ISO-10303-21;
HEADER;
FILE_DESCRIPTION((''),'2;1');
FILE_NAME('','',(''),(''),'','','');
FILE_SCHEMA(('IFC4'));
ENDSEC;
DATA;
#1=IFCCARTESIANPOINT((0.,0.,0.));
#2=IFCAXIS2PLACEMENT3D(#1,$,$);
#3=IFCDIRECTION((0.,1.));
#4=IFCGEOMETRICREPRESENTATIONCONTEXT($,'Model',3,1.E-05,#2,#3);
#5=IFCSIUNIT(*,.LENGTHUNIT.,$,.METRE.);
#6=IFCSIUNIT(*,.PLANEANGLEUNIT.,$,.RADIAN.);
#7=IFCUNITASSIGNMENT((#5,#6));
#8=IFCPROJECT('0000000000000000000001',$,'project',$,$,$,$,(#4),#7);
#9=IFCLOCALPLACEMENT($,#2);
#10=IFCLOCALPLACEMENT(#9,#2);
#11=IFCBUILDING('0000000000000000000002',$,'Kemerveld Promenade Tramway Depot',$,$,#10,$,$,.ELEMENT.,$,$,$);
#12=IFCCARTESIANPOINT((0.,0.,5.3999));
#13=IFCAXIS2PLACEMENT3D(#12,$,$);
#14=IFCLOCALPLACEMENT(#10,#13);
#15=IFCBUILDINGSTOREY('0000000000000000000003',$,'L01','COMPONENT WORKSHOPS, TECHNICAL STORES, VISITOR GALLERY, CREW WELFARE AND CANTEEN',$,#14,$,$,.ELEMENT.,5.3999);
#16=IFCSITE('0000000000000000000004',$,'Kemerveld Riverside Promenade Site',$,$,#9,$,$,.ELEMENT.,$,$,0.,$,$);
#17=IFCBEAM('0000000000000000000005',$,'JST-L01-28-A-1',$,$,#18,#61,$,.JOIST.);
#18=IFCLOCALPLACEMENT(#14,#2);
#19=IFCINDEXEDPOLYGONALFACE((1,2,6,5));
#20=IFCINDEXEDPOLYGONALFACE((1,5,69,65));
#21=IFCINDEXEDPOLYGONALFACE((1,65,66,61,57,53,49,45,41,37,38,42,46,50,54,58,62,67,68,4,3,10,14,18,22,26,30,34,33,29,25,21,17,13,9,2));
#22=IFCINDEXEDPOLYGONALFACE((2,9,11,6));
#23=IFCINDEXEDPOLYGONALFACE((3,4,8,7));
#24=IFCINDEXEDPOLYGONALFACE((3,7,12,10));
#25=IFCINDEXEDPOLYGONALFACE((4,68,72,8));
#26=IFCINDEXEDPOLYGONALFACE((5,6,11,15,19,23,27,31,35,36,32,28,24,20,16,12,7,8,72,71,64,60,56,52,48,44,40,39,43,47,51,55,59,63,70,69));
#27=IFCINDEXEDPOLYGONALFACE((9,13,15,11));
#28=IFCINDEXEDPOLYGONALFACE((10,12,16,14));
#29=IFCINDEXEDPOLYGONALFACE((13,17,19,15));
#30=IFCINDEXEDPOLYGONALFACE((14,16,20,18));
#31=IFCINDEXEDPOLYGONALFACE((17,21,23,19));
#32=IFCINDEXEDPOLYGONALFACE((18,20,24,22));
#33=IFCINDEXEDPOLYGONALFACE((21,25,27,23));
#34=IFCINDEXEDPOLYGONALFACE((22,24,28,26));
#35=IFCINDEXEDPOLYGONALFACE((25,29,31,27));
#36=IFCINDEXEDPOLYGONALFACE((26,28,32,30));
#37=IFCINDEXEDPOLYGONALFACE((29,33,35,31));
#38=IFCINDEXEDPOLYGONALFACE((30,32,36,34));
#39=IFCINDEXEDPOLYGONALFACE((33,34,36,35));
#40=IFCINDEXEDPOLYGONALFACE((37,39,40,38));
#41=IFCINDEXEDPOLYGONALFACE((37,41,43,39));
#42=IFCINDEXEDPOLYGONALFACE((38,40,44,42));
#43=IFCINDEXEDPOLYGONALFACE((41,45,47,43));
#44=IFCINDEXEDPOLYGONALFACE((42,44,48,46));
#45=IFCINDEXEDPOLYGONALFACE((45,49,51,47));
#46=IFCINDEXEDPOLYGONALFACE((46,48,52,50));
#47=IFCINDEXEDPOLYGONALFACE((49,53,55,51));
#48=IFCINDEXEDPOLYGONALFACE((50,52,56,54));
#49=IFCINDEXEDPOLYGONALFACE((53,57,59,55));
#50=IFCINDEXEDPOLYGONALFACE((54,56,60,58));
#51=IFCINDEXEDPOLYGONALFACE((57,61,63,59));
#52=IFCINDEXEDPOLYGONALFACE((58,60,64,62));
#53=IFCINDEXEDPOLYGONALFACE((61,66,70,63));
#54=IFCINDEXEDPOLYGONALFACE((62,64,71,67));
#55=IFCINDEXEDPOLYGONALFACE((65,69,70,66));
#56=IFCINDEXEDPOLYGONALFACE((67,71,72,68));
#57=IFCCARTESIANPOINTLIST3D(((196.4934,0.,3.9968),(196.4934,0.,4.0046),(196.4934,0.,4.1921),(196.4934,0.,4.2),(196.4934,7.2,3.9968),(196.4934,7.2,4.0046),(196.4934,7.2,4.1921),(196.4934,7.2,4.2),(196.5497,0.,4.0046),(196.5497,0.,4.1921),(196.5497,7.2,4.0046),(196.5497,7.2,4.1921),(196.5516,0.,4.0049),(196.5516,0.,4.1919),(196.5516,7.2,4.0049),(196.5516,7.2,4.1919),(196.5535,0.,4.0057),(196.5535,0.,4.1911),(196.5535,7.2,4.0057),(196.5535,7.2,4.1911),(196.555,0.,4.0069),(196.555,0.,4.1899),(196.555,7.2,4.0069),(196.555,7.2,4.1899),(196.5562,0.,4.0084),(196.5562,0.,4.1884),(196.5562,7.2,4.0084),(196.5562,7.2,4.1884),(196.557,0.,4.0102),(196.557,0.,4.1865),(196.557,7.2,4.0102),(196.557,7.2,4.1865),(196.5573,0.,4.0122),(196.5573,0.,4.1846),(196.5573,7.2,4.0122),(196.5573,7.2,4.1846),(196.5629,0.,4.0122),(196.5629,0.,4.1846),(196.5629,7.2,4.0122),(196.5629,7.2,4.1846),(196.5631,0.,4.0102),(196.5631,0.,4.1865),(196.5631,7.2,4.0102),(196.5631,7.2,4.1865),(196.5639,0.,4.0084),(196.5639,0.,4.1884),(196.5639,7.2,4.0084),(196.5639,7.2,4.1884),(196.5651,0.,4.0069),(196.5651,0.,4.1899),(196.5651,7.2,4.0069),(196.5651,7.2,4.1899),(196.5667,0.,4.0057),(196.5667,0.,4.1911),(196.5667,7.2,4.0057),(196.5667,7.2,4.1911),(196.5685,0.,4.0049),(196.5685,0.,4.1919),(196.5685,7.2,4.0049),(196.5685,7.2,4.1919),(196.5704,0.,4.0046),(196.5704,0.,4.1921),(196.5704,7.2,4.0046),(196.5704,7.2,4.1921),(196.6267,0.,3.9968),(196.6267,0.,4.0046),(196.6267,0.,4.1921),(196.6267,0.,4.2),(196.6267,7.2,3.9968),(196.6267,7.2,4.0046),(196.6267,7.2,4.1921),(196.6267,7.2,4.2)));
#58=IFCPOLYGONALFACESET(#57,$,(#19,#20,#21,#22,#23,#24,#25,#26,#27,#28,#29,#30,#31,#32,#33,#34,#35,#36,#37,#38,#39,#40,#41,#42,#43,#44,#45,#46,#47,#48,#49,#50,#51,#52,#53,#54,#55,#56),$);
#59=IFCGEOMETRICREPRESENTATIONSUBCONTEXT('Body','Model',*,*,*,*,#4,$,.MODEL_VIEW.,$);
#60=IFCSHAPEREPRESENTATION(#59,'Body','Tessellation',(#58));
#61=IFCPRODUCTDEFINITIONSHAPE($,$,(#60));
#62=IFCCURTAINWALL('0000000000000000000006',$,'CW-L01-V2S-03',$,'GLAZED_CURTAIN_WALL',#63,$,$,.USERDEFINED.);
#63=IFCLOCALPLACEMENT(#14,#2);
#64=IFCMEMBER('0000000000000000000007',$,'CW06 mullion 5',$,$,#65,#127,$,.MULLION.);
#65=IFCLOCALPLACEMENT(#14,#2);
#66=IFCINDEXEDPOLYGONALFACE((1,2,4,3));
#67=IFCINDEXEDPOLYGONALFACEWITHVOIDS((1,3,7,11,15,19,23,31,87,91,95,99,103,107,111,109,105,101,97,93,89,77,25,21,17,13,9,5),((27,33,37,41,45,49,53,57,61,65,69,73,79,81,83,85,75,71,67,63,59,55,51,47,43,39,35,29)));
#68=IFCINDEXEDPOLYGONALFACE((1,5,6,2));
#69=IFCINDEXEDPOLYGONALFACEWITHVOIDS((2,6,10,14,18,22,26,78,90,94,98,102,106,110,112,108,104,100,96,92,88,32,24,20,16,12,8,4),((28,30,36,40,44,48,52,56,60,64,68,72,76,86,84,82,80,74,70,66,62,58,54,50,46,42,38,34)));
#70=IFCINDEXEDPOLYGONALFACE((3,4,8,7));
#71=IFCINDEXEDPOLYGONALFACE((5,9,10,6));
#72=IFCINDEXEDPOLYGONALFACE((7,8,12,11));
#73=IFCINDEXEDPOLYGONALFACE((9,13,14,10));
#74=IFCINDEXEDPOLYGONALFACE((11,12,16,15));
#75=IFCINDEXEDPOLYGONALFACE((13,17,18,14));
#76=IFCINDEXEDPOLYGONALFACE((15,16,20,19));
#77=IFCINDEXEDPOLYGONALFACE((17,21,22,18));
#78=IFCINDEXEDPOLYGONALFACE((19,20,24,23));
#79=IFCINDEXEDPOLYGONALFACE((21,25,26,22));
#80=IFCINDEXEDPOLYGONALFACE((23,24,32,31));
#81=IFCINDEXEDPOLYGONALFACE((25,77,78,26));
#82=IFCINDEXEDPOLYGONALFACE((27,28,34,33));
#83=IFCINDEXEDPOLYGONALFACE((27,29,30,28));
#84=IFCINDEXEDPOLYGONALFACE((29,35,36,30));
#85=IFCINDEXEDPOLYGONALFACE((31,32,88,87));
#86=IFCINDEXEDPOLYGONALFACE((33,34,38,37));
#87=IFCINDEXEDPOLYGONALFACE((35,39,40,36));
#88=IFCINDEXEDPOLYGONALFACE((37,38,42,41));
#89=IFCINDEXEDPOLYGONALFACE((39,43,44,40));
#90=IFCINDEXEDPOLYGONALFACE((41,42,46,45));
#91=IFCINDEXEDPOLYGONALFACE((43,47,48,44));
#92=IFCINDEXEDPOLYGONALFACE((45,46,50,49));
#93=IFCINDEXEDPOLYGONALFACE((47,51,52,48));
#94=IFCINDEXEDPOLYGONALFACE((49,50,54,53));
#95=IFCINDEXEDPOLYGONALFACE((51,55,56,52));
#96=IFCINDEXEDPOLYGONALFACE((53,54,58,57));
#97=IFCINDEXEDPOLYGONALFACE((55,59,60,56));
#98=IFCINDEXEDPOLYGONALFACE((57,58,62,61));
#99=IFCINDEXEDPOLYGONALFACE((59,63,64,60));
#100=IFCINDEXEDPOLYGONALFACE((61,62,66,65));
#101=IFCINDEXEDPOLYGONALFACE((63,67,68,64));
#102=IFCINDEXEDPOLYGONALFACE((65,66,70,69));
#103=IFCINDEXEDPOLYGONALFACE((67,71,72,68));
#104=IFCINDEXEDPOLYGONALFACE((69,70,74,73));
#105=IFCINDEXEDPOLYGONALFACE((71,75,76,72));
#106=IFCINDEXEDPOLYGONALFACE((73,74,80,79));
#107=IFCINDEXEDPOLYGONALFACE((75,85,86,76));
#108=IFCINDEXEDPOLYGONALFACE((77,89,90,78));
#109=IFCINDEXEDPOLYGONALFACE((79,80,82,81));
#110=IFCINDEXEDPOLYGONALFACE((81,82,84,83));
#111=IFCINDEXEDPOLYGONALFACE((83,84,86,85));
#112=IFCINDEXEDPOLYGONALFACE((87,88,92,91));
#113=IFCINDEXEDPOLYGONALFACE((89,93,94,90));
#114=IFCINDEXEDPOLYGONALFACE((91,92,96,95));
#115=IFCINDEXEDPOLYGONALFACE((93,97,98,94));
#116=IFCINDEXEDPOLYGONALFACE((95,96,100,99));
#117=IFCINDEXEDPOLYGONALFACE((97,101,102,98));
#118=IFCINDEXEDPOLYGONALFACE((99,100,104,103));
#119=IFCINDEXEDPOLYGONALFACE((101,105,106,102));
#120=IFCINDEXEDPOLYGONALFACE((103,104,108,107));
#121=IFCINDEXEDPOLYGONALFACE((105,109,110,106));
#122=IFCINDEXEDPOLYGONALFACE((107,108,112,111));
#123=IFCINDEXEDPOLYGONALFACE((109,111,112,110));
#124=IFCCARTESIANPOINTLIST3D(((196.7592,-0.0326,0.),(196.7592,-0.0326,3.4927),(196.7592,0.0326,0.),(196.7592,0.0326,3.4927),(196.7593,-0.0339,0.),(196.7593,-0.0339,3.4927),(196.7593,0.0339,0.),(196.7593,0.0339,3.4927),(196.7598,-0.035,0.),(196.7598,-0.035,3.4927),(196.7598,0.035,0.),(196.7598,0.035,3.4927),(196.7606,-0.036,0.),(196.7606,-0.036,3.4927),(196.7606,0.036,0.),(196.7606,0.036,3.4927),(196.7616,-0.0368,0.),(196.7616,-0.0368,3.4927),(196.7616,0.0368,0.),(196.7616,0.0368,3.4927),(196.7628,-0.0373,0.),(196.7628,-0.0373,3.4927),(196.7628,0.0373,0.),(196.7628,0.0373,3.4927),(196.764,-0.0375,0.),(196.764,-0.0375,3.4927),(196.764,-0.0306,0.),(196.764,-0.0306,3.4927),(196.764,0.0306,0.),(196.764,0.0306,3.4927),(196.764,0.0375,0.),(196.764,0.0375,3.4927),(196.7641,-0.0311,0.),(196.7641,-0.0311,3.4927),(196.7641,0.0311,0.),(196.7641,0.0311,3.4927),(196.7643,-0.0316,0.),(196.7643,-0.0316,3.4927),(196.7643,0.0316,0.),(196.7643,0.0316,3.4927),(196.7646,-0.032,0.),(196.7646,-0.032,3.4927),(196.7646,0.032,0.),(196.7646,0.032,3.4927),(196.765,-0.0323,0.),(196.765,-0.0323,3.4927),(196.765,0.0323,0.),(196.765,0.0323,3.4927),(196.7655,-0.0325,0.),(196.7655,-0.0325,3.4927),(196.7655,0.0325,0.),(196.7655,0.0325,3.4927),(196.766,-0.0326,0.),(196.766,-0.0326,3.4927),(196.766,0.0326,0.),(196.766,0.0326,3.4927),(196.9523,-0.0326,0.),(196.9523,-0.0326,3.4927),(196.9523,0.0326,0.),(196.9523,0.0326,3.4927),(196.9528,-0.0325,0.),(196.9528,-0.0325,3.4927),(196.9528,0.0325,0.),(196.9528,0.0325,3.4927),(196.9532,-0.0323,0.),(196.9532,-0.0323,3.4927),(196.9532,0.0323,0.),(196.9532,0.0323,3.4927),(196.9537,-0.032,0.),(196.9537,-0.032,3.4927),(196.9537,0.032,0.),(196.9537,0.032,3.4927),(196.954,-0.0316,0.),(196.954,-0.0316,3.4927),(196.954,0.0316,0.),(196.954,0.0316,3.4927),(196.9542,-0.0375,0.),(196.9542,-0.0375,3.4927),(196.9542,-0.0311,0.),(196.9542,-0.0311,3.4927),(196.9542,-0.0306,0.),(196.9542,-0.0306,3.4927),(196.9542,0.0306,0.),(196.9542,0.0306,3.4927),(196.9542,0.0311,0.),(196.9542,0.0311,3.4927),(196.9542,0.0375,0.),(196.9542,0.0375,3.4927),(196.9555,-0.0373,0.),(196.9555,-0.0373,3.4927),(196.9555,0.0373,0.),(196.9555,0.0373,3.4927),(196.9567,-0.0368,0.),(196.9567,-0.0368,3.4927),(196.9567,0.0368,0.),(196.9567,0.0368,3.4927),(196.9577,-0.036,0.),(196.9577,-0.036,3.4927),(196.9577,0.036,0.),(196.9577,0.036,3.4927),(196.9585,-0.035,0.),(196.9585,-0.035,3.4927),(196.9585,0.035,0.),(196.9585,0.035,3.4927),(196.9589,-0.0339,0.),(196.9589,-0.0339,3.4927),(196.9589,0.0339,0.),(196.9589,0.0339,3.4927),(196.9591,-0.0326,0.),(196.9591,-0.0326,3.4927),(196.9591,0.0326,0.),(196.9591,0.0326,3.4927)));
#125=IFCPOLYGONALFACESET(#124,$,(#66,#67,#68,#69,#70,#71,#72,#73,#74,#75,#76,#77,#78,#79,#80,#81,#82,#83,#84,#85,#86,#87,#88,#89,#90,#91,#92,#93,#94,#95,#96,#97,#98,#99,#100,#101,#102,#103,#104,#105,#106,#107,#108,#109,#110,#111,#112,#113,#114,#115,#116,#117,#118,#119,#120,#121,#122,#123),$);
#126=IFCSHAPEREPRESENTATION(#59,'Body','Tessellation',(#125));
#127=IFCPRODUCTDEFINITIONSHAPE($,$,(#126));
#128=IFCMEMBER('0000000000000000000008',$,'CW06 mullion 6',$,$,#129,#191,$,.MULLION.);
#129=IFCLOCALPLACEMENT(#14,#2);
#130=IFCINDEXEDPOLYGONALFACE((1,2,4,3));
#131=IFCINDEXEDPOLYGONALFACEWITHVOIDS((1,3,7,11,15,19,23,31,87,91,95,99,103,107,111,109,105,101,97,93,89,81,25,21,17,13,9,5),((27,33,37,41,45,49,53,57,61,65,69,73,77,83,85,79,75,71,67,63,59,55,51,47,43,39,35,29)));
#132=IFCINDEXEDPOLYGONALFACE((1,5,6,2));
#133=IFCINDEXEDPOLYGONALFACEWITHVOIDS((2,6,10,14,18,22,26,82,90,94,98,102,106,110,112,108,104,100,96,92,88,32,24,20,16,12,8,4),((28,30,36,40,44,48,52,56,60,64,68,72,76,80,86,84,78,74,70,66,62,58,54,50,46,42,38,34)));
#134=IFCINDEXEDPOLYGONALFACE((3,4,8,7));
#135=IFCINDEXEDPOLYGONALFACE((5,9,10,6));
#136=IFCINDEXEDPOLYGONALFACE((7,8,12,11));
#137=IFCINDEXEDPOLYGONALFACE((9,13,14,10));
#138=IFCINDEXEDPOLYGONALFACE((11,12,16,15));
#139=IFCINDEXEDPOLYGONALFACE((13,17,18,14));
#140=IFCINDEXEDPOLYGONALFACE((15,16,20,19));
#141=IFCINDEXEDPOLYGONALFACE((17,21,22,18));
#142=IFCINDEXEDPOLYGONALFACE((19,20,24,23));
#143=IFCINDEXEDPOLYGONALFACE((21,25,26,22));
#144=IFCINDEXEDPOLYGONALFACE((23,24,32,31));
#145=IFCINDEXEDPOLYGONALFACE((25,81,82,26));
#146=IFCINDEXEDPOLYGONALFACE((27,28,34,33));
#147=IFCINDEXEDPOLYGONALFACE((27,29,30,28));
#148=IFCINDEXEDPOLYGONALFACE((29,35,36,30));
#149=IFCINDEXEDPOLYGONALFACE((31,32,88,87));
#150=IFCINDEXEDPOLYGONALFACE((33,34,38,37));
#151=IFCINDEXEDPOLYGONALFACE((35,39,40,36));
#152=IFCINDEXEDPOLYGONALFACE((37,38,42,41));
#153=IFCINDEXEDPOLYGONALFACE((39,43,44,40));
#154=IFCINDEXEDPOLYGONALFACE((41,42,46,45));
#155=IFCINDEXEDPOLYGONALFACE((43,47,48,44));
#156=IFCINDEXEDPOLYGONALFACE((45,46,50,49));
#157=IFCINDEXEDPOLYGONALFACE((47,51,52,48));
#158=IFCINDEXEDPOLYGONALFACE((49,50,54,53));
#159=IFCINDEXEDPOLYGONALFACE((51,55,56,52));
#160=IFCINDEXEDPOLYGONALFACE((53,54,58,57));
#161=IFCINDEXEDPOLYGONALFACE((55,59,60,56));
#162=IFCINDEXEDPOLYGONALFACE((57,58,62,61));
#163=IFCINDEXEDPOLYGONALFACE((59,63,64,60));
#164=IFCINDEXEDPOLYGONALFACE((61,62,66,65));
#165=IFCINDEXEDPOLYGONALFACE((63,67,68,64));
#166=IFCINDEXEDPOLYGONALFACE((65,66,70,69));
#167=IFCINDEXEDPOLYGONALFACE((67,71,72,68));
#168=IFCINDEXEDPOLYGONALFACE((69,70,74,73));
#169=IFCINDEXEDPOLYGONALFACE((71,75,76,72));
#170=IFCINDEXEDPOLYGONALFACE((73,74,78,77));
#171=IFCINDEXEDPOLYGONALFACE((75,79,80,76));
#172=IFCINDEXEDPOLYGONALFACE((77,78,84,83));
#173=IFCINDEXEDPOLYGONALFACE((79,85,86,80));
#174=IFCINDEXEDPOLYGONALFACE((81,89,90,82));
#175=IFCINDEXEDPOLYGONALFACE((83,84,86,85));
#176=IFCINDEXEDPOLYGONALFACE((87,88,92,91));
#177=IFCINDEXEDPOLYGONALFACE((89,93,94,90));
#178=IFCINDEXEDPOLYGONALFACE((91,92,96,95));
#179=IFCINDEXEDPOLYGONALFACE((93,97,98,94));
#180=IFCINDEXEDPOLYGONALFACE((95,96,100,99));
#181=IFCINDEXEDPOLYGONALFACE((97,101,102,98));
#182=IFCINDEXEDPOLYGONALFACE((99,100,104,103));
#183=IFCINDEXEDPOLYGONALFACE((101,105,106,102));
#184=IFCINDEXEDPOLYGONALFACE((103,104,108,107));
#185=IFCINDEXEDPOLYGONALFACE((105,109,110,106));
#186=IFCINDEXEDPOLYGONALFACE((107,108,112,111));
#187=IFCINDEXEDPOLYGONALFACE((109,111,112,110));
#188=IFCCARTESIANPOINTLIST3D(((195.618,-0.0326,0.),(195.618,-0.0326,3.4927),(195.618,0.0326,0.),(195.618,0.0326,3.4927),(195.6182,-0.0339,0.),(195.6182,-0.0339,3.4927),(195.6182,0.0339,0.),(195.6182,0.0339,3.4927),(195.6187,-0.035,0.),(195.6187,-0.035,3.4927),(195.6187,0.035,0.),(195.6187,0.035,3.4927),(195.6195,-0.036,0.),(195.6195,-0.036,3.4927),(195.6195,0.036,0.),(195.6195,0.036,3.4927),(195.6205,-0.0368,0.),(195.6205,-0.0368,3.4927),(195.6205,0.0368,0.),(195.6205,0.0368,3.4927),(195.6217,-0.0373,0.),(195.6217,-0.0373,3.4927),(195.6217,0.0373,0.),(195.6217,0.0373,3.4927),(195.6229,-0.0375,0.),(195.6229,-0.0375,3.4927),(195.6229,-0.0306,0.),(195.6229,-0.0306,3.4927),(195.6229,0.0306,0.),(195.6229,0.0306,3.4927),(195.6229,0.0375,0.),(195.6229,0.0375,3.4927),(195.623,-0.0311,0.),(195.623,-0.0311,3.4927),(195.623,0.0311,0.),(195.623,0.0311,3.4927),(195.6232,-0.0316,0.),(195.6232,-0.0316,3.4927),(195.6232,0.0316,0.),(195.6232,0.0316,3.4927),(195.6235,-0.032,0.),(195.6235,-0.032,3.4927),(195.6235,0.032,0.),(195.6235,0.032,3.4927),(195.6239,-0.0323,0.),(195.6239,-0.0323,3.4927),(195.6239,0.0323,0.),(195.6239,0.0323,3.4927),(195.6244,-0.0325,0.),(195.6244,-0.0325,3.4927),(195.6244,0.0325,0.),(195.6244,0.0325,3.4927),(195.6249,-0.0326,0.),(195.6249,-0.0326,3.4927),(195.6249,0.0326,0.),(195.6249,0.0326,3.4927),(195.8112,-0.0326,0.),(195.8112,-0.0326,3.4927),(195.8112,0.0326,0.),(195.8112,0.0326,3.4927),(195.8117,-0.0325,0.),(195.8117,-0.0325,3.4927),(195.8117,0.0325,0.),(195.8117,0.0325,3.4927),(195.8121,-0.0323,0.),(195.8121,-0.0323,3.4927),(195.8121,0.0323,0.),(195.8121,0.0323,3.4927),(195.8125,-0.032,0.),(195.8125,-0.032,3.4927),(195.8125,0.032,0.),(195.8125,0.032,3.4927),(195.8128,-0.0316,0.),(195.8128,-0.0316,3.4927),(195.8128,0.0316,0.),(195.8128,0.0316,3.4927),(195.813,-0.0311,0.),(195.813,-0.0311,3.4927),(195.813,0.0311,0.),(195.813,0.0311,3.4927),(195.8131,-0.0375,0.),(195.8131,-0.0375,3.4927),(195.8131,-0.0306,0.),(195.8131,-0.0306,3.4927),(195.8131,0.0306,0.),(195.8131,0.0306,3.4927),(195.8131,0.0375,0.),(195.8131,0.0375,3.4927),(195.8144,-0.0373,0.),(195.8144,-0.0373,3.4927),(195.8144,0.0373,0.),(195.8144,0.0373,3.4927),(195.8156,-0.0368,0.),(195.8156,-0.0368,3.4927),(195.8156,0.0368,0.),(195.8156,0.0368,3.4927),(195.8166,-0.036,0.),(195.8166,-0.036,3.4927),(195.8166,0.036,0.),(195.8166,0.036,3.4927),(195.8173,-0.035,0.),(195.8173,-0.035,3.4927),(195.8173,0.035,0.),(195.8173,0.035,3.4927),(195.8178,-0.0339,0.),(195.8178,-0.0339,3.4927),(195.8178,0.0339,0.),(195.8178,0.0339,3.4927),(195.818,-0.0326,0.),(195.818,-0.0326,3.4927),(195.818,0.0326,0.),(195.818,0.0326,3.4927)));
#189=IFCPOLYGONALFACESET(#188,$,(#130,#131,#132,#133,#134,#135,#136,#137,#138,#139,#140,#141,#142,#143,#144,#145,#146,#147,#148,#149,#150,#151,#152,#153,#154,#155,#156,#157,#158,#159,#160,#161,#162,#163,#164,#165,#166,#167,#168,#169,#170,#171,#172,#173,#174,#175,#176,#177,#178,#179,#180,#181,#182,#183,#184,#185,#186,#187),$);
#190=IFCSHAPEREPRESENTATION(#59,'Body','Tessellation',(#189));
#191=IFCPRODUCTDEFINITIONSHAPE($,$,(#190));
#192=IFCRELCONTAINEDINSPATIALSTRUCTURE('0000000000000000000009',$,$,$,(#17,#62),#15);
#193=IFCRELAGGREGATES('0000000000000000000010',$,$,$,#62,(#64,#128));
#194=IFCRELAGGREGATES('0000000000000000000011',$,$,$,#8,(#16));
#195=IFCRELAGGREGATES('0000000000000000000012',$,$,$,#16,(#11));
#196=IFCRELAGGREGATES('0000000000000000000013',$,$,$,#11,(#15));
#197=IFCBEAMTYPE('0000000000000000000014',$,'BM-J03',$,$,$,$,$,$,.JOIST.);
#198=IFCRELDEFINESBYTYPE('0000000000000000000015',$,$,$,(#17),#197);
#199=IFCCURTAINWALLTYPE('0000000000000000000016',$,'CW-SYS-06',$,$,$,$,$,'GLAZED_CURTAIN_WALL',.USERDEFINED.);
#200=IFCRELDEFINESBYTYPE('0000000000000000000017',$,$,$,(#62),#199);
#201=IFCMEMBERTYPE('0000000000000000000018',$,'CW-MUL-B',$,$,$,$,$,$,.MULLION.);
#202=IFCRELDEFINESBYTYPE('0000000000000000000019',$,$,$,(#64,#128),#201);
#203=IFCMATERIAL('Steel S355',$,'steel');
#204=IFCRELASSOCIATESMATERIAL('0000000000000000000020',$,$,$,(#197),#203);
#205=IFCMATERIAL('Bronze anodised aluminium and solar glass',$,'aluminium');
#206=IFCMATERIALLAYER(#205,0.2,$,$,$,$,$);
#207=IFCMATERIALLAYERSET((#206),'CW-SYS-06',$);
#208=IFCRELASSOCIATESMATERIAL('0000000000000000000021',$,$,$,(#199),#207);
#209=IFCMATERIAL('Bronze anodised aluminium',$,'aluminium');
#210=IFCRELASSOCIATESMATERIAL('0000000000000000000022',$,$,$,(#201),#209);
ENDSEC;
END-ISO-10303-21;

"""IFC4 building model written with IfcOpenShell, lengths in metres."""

from ifc_helpers import new_model, si_unit, direction, frame, origin, origin_2d, place, context, subcontext, project, spatial, hollow_rectangle, i_section, extrude, material, layer, layer_set, material_profile, profile_set, type_object, element, aggregate, save


model = new_model("IFC4")

# Units and contexts
model_context = context("Model", 3, precision=1e-05, world=origin(), true_north=direction((0.0, 1.0)))
body_context = subcontext(model_context, "Body", "Model", "MODEL_VIEW")
ifc_project = project(units=[si_unit("LENGTHUNIT", "METRE"), si_unit("PLANEANGLEUNIT", "RADIAN")], contexts=[model_context])

# Site, building, storey
site_placement = place(None, origin())
site = spatial("IfcSite", under=ifc_project, at=site_placement, Name="Kemerveld Riverside Promenade Site", CompositionType="ELEMENT", RefElevation=0.0)
building_placement = place(site_placement, origin())
building = spatial("IfcBuilding", under=site, at=building_placement, Name="Kemerveld Promenade Tramway Depot", CompositionType="ELEMENT")
storey_placement = place(building_placement, frame((0.0, 0.0, 5.3999)))
storey = spatial("IfcBuildingStorey", under=building, at=storey_placement, Name="L01", Description="COMPONENT WORKSHOPS, TECHNICAL STORES, VISITOR GALLERY, CREW WELFARE AND CANTEEN", CompositionType="ELEMENT", Elevation=5.3999)

# Shared definitions
ifc_material_1 = material(Name="Steel S355", Category="steel")

# Beam
ifc_material_profile_1 = material_profile(ifc_material_1, i_section(OverallWidth=0.1333, OverallDepth=0.2031, WebThickness=0.0056, FlangeThickness=0.0078, FilletRadius=0.0076, at=origin_2d()), Name="203x133x25 UB")
ifc_profile_set_1 = profile_set([ifc_material_profile_1], Name="Steel S355")
beam_type_1 = type_object("IfcBeamType", Name="BM-J03", PredefinedType="JOIST", material=ifc_profile_set_1)
beam_1_placement = place(storey_placement, frame((196.5601, 0.0, 4.0984), z_axis=(0.0, 1.0, 0.0), x_axis=(-1.0, 0.0, 0.0)))
element("IfcBeam", 1, at=beam_1_placement, inside=storey, type_object=beam_type_1, Name="JST-L01-28-A-1", PredefinedType="JOIST", context=body_context, shape_type="SweptSolid", body=[
    extrude(i_section(OverallWidth=0.1333, OverallDepth=0.2031, WebThickness=0.0056, FlangeThickness=0.0078, FilletRadius=0.0076, at=origin_2d()), origin(), (0.0, 0.0, 1.0), 7.2),
])

# Curtain wall, members
ifc_material_2 = material(Name="Bronze anodised aluminium and solar glass", Category="aluminium")
ifc_layer_1 = layer(ifc_material_2, 0.2)
ifc_layer_set_1 = layer_set([ifc_layer_1], Name="CW-SYS-06")
curtain_wall_type = type_object("IfcCurtainWallType", Name="CW-SYS-06", ElementType="GLAZED_CURTAIN_WALL", PredefinedType="USERDEFINED", material=ifc_layer_set_1)
curtain_wall_placement = place(storey_placement, origin())
curtain_wall = element("IfcCurtainWall", 2, at=curtain_wall_placement, inside=storey, type_object=curtain_wall_type, Name="CW-L01-V2S-03", ObjectType="GLAZED_CURTAIN_WALL", PredefinedType="USERDEFINED")
ifc_material_3 = material(Name="Bronze anodised aluminium", Category="aluminium")
ifc_material_profile_2 = material_profile(ifc_material_3, hollow_rectangle(XDim=0.075, YDim=0.2, WallThickness=0.0049, InnerFilletRadius=0.002, OuterFilletRadius=0.0049, at=origin_2d()), Name="CW-MUL-200x75")
ifc_profile_set_2 = profile_set([ifc_material_profile_2], Name="Bronze anodised aluminium")
member_type_1 = type_object("IfcMemberType", Name="CW-MUL-B", PredefinedType="MULLION", material=ifc_profile_set_2)
member_1_placement = place(storey_placement, frame((196.8591, 0.0, 0.0), z_axis=(0.0, 0.0, 1.0), x_axis=(0.0, -1.0, 0.0)))
member_1 = element("IfcMember", 3, at=member_1_placement, type_object=member_type_1, Name="CW06 mullion 5", PredefinedType="MULLION", context=body_context, shape_type="SweptSolid", body=[
    extrude(hollow_rectangle(XDim=0.075, YDim=0.2, WallThickness=0.0049, InnerFilletRadius=0.002, OuterFilletRadius=0.0049, at=origin_2d()), origin(), (0.0, 0.0, 1.0), 3.4927),
])
member_2_placement = place(storey_placement, frame((195.718, 0.0, 0.0), z_axis=(0.0, 0.0, 1.0), x_axis=(0.0, -1.0, 0.0)))
member_2 = element("IfcMember", 4, at=member_2_placement, type_object=member_type_1, Name="CW06 mullion 6", PredefinedType="MULLION", context=body_context, shape_type="SweptSolid", body=[
    extrude(hollow_rectangle(XDim=0.075, YDim=0.2, WallThickness=0.0049, InnerFilletRadius=0.002, OuterFilletRadius=0.0049, at=origin_2d()), origin(), (0.0, 0.0, 1.0), 3.4927),
])
aggregate(curtain_wall, [member_1, member_2])

save(model, "model.ifc")
